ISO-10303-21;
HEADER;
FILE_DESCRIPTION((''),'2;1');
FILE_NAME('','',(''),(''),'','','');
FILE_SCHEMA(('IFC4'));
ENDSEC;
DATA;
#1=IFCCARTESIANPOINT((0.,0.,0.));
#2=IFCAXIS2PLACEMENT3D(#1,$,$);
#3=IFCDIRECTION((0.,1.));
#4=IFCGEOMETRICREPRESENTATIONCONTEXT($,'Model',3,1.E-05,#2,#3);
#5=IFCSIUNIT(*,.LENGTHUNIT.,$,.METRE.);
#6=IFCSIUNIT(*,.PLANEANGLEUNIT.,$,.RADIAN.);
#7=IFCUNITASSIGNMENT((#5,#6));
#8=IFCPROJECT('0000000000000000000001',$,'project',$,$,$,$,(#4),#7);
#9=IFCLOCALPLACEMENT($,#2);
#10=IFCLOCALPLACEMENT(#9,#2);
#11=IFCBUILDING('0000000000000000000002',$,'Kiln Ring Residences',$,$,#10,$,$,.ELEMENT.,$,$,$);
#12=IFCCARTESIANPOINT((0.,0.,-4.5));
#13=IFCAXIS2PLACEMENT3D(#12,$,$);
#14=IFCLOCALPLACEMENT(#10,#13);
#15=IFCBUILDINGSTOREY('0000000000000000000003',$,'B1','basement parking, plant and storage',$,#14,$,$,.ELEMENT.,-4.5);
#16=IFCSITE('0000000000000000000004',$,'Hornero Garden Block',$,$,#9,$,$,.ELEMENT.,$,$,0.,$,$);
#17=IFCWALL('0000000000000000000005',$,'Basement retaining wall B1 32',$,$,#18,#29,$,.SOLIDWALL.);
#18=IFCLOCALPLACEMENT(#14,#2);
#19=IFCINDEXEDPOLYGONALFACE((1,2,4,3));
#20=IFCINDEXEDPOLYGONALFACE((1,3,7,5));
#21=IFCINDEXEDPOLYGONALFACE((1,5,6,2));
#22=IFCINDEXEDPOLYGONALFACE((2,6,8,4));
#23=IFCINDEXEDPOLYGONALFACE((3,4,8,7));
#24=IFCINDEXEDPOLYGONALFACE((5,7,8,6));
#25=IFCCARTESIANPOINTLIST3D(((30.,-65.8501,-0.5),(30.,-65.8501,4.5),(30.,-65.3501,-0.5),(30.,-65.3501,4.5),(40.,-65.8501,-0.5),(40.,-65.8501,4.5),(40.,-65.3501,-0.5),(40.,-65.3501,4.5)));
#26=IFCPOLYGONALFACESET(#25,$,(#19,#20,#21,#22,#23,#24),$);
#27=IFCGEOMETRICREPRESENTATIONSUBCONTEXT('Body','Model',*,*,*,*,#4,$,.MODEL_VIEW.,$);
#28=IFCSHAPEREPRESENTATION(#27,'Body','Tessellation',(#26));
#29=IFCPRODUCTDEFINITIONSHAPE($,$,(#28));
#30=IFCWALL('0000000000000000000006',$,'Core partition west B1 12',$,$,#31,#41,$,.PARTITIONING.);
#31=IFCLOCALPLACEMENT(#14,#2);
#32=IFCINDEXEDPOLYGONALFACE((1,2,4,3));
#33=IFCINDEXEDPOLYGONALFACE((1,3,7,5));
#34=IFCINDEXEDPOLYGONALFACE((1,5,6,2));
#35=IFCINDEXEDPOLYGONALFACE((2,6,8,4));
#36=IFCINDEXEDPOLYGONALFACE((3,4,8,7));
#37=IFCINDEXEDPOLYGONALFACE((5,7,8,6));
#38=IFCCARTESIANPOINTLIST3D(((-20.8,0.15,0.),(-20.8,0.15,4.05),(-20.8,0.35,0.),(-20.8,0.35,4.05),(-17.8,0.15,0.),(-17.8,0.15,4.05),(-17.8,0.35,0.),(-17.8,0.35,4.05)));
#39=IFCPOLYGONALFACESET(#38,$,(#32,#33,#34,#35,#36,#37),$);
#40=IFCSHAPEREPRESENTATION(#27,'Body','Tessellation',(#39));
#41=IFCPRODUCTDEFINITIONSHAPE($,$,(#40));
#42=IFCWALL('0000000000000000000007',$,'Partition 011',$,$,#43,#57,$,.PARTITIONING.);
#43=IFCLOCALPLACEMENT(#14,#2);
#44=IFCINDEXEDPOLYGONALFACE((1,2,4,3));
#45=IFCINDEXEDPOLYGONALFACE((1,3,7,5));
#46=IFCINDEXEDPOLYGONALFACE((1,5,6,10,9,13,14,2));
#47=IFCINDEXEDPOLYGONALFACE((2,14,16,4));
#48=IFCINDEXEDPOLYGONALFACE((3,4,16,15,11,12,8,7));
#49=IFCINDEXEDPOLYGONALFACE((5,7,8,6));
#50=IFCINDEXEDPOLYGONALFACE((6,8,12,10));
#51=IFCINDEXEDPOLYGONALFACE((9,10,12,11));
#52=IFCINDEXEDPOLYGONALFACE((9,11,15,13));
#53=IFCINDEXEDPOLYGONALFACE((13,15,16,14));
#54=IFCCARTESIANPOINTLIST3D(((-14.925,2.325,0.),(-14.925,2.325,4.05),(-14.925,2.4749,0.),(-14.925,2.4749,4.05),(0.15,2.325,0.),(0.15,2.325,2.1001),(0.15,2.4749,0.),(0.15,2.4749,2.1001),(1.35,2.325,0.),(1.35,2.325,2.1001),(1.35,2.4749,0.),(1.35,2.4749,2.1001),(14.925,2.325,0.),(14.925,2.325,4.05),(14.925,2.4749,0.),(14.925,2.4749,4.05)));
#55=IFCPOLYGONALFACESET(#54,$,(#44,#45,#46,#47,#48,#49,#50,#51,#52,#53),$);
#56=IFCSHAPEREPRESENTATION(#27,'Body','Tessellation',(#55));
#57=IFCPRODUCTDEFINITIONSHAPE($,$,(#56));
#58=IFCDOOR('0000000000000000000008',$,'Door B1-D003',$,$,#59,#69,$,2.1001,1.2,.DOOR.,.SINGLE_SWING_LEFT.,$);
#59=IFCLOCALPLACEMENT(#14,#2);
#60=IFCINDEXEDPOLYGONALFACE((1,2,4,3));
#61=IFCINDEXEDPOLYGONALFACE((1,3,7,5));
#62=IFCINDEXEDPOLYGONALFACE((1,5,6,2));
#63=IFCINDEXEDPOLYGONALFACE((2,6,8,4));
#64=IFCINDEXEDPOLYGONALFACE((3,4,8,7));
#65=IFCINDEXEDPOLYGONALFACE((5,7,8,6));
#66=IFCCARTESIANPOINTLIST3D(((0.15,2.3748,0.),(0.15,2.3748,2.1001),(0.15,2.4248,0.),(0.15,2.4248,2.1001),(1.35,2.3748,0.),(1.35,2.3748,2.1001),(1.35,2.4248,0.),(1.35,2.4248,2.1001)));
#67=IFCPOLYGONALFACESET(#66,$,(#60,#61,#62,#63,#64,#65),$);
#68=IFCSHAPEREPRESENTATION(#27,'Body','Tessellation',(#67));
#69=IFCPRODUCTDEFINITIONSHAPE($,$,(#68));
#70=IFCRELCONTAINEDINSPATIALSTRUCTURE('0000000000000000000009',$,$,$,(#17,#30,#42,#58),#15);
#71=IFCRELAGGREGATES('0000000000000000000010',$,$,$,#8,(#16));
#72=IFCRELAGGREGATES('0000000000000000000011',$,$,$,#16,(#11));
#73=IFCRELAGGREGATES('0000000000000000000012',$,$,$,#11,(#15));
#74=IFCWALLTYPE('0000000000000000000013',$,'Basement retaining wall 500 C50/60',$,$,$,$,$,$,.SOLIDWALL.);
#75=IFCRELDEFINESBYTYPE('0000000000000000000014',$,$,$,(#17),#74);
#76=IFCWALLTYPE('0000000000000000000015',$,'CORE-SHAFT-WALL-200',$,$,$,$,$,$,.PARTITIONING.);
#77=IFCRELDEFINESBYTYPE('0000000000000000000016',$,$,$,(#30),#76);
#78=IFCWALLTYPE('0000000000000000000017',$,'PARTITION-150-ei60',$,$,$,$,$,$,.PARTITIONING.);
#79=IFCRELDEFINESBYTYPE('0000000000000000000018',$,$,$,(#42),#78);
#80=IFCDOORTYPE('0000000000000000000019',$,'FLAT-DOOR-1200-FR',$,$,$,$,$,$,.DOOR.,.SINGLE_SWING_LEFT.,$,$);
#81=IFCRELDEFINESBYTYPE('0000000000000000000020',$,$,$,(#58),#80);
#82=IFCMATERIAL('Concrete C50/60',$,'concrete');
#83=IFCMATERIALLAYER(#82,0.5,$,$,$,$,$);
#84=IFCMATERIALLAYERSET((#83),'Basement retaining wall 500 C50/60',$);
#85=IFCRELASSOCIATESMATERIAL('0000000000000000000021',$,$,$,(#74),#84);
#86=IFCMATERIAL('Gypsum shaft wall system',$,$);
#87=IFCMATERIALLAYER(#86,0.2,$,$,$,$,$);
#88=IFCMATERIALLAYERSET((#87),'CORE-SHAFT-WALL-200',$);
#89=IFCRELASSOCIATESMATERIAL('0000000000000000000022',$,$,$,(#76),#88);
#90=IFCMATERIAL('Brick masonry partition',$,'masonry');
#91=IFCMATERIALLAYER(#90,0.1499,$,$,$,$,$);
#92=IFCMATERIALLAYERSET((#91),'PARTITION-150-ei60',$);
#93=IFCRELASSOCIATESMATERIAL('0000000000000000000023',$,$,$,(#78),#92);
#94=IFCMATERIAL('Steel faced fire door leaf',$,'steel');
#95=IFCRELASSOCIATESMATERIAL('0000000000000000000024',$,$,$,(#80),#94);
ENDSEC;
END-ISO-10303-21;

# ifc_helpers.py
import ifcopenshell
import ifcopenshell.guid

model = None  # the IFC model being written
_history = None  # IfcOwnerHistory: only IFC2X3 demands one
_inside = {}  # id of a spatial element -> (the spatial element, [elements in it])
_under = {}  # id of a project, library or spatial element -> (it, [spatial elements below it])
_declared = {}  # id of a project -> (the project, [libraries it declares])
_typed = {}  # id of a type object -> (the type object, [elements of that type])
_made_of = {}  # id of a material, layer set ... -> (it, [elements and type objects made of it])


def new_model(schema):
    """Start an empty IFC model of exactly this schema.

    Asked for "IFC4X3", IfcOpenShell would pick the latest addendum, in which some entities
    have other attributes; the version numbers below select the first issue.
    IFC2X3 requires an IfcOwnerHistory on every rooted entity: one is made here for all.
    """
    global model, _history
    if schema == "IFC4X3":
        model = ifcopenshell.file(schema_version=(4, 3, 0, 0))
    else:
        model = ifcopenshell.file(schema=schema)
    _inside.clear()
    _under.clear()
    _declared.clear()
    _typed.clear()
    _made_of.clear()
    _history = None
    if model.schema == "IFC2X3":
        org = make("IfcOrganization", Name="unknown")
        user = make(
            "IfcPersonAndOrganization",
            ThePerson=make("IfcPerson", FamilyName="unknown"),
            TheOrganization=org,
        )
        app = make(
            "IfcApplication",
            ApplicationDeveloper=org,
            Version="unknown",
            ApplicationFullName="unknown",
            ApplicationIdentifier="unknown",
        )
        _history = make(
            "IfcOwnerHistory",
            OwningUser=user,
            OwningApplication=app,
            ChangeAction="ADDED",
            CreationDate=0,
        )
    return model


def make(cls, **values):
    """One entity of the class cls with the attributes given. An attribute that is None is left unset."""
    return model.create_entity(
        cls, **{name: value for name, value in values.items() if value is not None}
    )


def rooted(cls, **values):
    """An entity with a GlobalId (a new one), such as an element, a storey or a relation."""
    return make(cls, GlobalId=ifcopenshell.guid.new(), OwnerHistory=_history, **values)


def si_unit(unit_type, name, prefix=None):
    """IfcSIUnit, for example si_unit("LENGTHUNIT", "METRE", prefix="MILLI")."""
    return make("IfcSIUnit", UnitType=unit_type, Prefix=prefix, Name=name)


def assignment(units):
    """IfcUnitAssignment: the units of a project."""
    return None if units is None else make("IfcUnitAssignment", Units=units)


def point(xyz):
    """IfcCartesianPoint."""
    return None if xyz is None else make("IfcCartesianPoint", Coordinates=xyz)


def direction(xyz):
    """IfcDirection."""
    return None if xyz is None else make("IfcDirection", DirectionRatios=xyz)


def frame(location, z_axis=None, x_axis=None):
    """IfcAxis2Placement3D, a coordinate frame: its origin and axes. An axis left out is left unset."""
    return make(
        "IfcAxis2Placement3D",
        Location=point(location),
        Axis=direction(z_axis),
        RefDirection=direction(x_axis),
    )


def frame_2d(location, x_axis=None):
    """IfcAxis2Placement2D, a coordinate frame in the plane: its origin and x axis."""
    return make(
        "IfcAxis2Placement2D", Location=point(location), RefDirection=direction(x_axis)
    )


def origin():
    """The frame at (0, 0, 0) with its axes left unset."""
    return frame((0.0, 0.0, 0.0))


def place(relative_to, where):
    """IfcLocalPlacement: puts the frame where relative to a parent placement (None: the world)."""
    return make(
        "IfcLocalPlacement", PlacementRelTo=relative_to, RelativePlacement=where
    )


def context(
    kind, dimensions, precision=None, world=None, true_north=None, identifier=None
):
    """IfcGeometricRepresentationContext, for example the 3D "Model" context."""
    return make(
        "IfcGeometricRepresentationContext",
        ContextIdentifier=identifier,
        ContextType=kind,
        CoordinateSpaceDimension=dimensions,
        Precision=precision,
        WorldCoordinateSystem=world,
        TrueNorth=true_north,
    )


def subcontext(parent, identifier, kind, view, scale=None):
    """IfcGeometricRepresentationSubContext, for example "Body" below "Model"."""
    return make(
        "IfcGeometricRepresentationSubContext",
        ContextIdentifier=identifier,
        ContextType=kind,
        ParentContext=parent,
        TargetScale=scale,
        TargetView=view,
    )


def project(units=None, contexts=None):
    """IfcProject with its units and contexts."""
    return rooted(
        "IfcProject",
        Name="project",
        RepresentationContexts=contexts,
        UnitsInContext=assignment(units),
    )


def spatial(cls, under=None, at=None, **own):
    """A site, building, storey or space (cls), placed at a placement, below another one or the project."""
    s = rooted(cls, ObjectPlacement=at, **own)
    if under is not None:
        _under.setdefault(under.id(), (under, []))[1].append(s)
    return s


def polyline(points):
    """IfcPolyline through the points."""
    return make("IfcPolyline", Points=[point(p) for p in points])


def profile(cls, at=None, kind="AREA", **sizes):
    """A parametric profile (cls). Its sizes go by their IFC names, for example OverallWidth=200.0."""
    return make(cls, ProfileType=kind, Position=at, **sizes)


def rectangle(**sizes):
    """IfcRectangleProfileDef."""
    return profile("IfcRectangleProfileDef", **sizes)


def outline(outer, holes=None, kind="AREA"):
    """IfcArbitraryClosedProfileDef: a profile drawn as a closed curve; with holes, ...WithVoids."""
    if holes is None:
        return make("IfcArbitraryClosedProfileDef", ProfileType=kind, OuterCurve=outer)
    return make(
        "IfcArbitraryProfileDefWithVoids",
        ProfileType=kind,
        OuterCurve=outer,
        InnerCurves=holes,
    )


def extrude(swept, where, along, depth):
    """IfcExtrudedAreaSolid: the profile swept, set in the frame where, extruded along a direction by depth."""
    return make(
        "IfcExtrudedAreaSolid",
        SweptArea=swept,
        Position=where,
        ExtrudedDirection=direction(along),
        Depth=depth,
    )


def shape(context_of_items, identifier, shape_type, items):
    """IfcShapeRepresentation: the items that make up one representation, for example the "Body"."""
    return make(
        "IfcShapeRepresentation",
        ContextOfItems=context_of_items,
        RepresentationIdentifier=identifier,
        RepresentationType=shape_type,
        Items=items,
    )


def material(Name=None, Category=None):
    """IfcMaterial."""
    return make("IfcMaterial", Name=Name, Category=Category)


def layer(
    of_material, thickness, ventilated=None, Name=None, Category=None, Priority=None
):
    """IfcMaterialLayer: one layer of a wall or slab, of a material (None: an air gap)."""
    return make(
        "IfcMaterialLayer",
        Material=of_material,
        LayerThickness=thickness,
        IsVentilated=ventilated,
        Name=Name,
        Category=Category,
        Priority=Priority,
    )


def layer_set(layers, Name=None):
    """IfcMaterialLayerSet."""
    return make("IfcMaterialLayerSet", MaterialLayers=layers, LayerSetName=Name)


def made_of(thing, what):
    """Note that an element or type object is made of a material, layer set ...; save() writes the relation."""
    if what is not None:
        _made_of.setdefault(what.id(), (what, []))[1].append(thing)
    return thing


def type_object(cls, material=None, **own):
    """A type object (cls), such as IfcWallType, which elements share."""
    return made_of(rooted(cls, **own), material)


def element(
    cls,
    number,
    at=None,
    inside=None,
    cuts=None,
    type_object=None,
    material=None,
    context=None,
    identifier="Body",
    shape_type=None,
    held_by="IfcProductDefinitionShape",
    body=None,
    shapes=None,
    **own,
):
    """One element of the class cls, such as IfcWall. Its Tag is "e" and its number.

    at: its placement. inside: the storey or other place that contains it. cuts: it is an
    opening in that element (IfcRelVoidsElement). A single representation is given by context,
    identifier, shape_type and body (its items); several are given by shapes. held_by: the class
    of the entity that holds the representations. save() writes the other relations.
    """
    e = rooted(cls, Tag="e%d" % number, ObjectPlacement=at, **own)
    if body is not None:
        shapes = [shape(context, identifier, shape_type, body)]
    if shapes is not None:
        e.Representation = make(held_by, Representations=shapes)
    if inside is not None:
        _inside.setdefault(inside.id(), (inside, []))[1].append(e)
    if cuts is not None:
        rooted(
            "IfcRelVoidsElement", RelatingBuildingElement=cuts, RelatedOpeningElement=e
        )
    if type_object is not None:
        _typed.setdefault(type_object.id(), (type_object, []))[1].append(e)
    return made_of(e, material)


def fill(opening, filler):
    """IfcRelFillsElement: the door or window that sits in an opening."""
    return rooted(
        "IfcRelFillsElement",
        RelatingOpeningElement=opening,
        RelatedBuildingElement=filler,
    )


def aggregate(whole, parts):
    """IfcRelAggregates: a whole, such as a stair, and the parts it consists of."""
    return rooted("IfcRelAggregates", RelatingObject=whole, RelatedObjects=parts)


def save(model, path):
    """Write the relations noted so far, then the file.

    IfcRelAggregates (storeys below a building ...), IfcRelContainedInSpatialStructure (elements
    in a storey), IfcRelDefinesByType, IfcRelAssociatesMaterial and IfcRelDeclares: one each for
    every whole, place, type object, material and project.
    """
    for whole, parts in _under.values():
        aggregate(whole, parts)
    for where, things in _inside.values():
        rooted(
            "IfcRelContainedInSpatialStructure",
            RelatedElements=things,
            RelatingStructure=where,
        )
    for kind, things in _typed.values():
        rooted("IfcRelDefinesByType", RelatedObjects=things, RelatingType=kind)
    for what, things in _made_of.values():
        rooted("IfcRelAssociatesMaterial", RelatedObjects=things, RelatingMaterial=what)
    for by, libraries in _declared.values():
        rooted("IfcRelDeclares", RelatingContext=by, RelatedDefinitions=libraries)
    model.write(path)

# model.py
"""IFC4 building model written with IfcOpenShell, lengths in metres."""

from ifc_helpers import new_model, si_unit, direction, frame, frame_2d, origin, place, context, subcontext, project, spatial, polyline, rectangle, outline, extrude, material, layer, layer_set, type_object, element, fill, save


model = new_model("IFC4")

# Units and contexts
model_context = context("Model", 3, precision=1e-05, world=origin(), true_north=direction((0.0, 1.0)))
body_context = subcontext(model_context, "Body", "Model", "MODEL_VIEW")
ifc_project = project(units=[si_unit("LENGTHUNIT", "METRE"), si_unit("PLANEANGLEUNIT", "RADIAN")], contexts=[model_context])

# Site, building, storey
site_placement = place(None, origin())
site = spatial("IfcSite", under=ifc_project, at=site_placement, Name="Hornero Garden Block", CompositionType="ELEMENT", RefElevation=0.0)
building_placement = place(site_placement, origin())
building = spatial("IfcBuilding", under=site, at=building_placement, Name="Kiln Ring Residences", CompositionType="ELEMENT")
storey_placement = place(building_placement, frame((0.0, 0.0, -4.5)))
storey = spatial("IfcBuildingStorey", under=building, at=storey_placement, Name="B1", Description="basement parking, plant and storage", CompositionType="ELEMENT", Elevation=-4.5)

# Walls
ifc_material_1 = material(Name="Concrete C50/60", Category="concrete")
ifc_layer_1 = layer(ifc_material_1, 0.5)
ifc_layer_set_1 = layer_set([ifc_layer_1], Name="Basement retaining wall 500 C50/60")
wall_type_1 = type_object("IfcWallType", Name="Basement retaining wall 500 C50/60", PredefinedType="SOLIDWALL", material=ifc_layer_set_1)
placement = place(storey_placement, frame((0.0, 0.0, -0.5)))
element("IfcWall", 1, at=placement, inside=storey, type_object=wall_type_1, Name="Basement retaining wall B1 32", PredefinedType="SOLIDWALL", context=body_context, shape_type="SweptSolid", body=[
    extrude(outline(polyline([(40.0, -65.8501), (40.0, -65.3501), (30.0, -65.3501), (30.0, -65.8501), (40.0, -65.8501)])), origin(), (0.0, 0.0, 1.0), 5.0),
])
ifc_material_2 = material(Name="Gypsum shaft wall system")
ifc_layer_2 = layer(ifc_material_2, 0.2)
ifc_layer_set_2 = layer_set([ifc_layer_2], Name="CORE-SHAFT-WALL-200")
wall_type_2 = type_object("IfcWallType", Name="CORE-SHAFT-WALL-200", PredefinedType="PARTITIONING", material=ifc_layer_set_2)
wall_1_placement = place(storey_placement, frame((-17.8, 0.25, 0.0), z_axis=(0.0, 0.0, 1.0), x_axis=(-1.0, 0.0, 0.0)))
element("IfcWall", 2, at=wall_1_placement, inside=storey, type_object=wall_type_2, Name="Core partition west B1 12", PredefinedType="PARTITIONING", context=body_context, shape_type="SweptSolid", body=[
    extrude(rectangle(XDim=3.0, YDim=0.2, at=frame_2d((1.5, 0.0))), origin(), (0.0, 0.0, 1.0), 4.05),
])

# Wall, opening, door
ifc_material_3 = material(Name="Brick masonry partition", Category="masonry")
ifc_layer_3 = layer(ifc_material_3, 0.1499)
ifc_layer_set_3 = layer_set([ifc_layer_3], Name="PARTITION-150-ei60")
wall_type_3 = type_object("IfcWallType", Name="PARTITION-150-ei60", PredefinedType="PARTITIONING", material=ifc_layer_set_3)
wall_2_placement = place(storey_placement, frame((-14.925, 2.3999, 0.0), z_axis=(0.0, 0.0, 1.0), x_axis=(1.0, 0.0, 0.0)))
wall_2 = element("IfcWall", 3, at=wall_2_placement, inside=storey, type_object=wall_type_3, Name="Partition 011", PredefinedType="PARTITIONING", context=body_context, shape_type="SweptSolid", body=[
    extrude(rectangle(XDim=29.8501, YDim=0.1499, at=frame_2d((14.925, 0.0))), origin(), (0.0, 0.0, 1.0), 4.05),
])
opening_placement = place(wall_2_placement, frame((15.075, 0.0, 0.0)))
opening = element("IfcOpeningElement", 4, at=opening_placement, cuts=wall_2, PredefinedType="OPENING", context=body_context, shape_type="SweptSolid", body=[
    extrude(rectangle(XDim=1.2, YDim=2.1001, at=frame_2d((0.6001, 1.05))), frame((0.0, 0.085, 0.0), z_axis=(0.0, -1.0, 0.0), x_axis=(1.0, 0.0, 0.0)), (0.0, 0.0, 1.0), 0.1699),
])
ifc_material_4 = material(Name="Steel faced fire door leaf", Category="steel")
door_type = type_object("IfcDoorType", Name="FLAT-DOOR-1200-FR", OperationType="SINGLE_SWING_LEFT", PredefinedType="DOOR", material=ifc_material_4)
door_placement = place(opening_placement, origin())
door = element("IfcDoor", 5, at=door_placement, inside=storey, type_object=door_type, Name="Door B1-D003", OperationType="SINGLE_SWING_LEFT", OverallHeight=2.1001, OverallWidth=1.2, PredefinedType="DOOR", context=body_context, shape_type="SweptSolid", body=[
    extrude(rectangle(XDim=1.2, YDim=2.1001, at=frame_2d((0.6001, 1.05))), frame((0.0, 0.0249, 0.0), z_axis=(0.0, -1.0, 0.0), x_axis=(1.0, 0.0, 0.0)), (0.0, 0.0, 1.0), 0.05),
])
fill(opening, door)

save(model, "model.ifc")
